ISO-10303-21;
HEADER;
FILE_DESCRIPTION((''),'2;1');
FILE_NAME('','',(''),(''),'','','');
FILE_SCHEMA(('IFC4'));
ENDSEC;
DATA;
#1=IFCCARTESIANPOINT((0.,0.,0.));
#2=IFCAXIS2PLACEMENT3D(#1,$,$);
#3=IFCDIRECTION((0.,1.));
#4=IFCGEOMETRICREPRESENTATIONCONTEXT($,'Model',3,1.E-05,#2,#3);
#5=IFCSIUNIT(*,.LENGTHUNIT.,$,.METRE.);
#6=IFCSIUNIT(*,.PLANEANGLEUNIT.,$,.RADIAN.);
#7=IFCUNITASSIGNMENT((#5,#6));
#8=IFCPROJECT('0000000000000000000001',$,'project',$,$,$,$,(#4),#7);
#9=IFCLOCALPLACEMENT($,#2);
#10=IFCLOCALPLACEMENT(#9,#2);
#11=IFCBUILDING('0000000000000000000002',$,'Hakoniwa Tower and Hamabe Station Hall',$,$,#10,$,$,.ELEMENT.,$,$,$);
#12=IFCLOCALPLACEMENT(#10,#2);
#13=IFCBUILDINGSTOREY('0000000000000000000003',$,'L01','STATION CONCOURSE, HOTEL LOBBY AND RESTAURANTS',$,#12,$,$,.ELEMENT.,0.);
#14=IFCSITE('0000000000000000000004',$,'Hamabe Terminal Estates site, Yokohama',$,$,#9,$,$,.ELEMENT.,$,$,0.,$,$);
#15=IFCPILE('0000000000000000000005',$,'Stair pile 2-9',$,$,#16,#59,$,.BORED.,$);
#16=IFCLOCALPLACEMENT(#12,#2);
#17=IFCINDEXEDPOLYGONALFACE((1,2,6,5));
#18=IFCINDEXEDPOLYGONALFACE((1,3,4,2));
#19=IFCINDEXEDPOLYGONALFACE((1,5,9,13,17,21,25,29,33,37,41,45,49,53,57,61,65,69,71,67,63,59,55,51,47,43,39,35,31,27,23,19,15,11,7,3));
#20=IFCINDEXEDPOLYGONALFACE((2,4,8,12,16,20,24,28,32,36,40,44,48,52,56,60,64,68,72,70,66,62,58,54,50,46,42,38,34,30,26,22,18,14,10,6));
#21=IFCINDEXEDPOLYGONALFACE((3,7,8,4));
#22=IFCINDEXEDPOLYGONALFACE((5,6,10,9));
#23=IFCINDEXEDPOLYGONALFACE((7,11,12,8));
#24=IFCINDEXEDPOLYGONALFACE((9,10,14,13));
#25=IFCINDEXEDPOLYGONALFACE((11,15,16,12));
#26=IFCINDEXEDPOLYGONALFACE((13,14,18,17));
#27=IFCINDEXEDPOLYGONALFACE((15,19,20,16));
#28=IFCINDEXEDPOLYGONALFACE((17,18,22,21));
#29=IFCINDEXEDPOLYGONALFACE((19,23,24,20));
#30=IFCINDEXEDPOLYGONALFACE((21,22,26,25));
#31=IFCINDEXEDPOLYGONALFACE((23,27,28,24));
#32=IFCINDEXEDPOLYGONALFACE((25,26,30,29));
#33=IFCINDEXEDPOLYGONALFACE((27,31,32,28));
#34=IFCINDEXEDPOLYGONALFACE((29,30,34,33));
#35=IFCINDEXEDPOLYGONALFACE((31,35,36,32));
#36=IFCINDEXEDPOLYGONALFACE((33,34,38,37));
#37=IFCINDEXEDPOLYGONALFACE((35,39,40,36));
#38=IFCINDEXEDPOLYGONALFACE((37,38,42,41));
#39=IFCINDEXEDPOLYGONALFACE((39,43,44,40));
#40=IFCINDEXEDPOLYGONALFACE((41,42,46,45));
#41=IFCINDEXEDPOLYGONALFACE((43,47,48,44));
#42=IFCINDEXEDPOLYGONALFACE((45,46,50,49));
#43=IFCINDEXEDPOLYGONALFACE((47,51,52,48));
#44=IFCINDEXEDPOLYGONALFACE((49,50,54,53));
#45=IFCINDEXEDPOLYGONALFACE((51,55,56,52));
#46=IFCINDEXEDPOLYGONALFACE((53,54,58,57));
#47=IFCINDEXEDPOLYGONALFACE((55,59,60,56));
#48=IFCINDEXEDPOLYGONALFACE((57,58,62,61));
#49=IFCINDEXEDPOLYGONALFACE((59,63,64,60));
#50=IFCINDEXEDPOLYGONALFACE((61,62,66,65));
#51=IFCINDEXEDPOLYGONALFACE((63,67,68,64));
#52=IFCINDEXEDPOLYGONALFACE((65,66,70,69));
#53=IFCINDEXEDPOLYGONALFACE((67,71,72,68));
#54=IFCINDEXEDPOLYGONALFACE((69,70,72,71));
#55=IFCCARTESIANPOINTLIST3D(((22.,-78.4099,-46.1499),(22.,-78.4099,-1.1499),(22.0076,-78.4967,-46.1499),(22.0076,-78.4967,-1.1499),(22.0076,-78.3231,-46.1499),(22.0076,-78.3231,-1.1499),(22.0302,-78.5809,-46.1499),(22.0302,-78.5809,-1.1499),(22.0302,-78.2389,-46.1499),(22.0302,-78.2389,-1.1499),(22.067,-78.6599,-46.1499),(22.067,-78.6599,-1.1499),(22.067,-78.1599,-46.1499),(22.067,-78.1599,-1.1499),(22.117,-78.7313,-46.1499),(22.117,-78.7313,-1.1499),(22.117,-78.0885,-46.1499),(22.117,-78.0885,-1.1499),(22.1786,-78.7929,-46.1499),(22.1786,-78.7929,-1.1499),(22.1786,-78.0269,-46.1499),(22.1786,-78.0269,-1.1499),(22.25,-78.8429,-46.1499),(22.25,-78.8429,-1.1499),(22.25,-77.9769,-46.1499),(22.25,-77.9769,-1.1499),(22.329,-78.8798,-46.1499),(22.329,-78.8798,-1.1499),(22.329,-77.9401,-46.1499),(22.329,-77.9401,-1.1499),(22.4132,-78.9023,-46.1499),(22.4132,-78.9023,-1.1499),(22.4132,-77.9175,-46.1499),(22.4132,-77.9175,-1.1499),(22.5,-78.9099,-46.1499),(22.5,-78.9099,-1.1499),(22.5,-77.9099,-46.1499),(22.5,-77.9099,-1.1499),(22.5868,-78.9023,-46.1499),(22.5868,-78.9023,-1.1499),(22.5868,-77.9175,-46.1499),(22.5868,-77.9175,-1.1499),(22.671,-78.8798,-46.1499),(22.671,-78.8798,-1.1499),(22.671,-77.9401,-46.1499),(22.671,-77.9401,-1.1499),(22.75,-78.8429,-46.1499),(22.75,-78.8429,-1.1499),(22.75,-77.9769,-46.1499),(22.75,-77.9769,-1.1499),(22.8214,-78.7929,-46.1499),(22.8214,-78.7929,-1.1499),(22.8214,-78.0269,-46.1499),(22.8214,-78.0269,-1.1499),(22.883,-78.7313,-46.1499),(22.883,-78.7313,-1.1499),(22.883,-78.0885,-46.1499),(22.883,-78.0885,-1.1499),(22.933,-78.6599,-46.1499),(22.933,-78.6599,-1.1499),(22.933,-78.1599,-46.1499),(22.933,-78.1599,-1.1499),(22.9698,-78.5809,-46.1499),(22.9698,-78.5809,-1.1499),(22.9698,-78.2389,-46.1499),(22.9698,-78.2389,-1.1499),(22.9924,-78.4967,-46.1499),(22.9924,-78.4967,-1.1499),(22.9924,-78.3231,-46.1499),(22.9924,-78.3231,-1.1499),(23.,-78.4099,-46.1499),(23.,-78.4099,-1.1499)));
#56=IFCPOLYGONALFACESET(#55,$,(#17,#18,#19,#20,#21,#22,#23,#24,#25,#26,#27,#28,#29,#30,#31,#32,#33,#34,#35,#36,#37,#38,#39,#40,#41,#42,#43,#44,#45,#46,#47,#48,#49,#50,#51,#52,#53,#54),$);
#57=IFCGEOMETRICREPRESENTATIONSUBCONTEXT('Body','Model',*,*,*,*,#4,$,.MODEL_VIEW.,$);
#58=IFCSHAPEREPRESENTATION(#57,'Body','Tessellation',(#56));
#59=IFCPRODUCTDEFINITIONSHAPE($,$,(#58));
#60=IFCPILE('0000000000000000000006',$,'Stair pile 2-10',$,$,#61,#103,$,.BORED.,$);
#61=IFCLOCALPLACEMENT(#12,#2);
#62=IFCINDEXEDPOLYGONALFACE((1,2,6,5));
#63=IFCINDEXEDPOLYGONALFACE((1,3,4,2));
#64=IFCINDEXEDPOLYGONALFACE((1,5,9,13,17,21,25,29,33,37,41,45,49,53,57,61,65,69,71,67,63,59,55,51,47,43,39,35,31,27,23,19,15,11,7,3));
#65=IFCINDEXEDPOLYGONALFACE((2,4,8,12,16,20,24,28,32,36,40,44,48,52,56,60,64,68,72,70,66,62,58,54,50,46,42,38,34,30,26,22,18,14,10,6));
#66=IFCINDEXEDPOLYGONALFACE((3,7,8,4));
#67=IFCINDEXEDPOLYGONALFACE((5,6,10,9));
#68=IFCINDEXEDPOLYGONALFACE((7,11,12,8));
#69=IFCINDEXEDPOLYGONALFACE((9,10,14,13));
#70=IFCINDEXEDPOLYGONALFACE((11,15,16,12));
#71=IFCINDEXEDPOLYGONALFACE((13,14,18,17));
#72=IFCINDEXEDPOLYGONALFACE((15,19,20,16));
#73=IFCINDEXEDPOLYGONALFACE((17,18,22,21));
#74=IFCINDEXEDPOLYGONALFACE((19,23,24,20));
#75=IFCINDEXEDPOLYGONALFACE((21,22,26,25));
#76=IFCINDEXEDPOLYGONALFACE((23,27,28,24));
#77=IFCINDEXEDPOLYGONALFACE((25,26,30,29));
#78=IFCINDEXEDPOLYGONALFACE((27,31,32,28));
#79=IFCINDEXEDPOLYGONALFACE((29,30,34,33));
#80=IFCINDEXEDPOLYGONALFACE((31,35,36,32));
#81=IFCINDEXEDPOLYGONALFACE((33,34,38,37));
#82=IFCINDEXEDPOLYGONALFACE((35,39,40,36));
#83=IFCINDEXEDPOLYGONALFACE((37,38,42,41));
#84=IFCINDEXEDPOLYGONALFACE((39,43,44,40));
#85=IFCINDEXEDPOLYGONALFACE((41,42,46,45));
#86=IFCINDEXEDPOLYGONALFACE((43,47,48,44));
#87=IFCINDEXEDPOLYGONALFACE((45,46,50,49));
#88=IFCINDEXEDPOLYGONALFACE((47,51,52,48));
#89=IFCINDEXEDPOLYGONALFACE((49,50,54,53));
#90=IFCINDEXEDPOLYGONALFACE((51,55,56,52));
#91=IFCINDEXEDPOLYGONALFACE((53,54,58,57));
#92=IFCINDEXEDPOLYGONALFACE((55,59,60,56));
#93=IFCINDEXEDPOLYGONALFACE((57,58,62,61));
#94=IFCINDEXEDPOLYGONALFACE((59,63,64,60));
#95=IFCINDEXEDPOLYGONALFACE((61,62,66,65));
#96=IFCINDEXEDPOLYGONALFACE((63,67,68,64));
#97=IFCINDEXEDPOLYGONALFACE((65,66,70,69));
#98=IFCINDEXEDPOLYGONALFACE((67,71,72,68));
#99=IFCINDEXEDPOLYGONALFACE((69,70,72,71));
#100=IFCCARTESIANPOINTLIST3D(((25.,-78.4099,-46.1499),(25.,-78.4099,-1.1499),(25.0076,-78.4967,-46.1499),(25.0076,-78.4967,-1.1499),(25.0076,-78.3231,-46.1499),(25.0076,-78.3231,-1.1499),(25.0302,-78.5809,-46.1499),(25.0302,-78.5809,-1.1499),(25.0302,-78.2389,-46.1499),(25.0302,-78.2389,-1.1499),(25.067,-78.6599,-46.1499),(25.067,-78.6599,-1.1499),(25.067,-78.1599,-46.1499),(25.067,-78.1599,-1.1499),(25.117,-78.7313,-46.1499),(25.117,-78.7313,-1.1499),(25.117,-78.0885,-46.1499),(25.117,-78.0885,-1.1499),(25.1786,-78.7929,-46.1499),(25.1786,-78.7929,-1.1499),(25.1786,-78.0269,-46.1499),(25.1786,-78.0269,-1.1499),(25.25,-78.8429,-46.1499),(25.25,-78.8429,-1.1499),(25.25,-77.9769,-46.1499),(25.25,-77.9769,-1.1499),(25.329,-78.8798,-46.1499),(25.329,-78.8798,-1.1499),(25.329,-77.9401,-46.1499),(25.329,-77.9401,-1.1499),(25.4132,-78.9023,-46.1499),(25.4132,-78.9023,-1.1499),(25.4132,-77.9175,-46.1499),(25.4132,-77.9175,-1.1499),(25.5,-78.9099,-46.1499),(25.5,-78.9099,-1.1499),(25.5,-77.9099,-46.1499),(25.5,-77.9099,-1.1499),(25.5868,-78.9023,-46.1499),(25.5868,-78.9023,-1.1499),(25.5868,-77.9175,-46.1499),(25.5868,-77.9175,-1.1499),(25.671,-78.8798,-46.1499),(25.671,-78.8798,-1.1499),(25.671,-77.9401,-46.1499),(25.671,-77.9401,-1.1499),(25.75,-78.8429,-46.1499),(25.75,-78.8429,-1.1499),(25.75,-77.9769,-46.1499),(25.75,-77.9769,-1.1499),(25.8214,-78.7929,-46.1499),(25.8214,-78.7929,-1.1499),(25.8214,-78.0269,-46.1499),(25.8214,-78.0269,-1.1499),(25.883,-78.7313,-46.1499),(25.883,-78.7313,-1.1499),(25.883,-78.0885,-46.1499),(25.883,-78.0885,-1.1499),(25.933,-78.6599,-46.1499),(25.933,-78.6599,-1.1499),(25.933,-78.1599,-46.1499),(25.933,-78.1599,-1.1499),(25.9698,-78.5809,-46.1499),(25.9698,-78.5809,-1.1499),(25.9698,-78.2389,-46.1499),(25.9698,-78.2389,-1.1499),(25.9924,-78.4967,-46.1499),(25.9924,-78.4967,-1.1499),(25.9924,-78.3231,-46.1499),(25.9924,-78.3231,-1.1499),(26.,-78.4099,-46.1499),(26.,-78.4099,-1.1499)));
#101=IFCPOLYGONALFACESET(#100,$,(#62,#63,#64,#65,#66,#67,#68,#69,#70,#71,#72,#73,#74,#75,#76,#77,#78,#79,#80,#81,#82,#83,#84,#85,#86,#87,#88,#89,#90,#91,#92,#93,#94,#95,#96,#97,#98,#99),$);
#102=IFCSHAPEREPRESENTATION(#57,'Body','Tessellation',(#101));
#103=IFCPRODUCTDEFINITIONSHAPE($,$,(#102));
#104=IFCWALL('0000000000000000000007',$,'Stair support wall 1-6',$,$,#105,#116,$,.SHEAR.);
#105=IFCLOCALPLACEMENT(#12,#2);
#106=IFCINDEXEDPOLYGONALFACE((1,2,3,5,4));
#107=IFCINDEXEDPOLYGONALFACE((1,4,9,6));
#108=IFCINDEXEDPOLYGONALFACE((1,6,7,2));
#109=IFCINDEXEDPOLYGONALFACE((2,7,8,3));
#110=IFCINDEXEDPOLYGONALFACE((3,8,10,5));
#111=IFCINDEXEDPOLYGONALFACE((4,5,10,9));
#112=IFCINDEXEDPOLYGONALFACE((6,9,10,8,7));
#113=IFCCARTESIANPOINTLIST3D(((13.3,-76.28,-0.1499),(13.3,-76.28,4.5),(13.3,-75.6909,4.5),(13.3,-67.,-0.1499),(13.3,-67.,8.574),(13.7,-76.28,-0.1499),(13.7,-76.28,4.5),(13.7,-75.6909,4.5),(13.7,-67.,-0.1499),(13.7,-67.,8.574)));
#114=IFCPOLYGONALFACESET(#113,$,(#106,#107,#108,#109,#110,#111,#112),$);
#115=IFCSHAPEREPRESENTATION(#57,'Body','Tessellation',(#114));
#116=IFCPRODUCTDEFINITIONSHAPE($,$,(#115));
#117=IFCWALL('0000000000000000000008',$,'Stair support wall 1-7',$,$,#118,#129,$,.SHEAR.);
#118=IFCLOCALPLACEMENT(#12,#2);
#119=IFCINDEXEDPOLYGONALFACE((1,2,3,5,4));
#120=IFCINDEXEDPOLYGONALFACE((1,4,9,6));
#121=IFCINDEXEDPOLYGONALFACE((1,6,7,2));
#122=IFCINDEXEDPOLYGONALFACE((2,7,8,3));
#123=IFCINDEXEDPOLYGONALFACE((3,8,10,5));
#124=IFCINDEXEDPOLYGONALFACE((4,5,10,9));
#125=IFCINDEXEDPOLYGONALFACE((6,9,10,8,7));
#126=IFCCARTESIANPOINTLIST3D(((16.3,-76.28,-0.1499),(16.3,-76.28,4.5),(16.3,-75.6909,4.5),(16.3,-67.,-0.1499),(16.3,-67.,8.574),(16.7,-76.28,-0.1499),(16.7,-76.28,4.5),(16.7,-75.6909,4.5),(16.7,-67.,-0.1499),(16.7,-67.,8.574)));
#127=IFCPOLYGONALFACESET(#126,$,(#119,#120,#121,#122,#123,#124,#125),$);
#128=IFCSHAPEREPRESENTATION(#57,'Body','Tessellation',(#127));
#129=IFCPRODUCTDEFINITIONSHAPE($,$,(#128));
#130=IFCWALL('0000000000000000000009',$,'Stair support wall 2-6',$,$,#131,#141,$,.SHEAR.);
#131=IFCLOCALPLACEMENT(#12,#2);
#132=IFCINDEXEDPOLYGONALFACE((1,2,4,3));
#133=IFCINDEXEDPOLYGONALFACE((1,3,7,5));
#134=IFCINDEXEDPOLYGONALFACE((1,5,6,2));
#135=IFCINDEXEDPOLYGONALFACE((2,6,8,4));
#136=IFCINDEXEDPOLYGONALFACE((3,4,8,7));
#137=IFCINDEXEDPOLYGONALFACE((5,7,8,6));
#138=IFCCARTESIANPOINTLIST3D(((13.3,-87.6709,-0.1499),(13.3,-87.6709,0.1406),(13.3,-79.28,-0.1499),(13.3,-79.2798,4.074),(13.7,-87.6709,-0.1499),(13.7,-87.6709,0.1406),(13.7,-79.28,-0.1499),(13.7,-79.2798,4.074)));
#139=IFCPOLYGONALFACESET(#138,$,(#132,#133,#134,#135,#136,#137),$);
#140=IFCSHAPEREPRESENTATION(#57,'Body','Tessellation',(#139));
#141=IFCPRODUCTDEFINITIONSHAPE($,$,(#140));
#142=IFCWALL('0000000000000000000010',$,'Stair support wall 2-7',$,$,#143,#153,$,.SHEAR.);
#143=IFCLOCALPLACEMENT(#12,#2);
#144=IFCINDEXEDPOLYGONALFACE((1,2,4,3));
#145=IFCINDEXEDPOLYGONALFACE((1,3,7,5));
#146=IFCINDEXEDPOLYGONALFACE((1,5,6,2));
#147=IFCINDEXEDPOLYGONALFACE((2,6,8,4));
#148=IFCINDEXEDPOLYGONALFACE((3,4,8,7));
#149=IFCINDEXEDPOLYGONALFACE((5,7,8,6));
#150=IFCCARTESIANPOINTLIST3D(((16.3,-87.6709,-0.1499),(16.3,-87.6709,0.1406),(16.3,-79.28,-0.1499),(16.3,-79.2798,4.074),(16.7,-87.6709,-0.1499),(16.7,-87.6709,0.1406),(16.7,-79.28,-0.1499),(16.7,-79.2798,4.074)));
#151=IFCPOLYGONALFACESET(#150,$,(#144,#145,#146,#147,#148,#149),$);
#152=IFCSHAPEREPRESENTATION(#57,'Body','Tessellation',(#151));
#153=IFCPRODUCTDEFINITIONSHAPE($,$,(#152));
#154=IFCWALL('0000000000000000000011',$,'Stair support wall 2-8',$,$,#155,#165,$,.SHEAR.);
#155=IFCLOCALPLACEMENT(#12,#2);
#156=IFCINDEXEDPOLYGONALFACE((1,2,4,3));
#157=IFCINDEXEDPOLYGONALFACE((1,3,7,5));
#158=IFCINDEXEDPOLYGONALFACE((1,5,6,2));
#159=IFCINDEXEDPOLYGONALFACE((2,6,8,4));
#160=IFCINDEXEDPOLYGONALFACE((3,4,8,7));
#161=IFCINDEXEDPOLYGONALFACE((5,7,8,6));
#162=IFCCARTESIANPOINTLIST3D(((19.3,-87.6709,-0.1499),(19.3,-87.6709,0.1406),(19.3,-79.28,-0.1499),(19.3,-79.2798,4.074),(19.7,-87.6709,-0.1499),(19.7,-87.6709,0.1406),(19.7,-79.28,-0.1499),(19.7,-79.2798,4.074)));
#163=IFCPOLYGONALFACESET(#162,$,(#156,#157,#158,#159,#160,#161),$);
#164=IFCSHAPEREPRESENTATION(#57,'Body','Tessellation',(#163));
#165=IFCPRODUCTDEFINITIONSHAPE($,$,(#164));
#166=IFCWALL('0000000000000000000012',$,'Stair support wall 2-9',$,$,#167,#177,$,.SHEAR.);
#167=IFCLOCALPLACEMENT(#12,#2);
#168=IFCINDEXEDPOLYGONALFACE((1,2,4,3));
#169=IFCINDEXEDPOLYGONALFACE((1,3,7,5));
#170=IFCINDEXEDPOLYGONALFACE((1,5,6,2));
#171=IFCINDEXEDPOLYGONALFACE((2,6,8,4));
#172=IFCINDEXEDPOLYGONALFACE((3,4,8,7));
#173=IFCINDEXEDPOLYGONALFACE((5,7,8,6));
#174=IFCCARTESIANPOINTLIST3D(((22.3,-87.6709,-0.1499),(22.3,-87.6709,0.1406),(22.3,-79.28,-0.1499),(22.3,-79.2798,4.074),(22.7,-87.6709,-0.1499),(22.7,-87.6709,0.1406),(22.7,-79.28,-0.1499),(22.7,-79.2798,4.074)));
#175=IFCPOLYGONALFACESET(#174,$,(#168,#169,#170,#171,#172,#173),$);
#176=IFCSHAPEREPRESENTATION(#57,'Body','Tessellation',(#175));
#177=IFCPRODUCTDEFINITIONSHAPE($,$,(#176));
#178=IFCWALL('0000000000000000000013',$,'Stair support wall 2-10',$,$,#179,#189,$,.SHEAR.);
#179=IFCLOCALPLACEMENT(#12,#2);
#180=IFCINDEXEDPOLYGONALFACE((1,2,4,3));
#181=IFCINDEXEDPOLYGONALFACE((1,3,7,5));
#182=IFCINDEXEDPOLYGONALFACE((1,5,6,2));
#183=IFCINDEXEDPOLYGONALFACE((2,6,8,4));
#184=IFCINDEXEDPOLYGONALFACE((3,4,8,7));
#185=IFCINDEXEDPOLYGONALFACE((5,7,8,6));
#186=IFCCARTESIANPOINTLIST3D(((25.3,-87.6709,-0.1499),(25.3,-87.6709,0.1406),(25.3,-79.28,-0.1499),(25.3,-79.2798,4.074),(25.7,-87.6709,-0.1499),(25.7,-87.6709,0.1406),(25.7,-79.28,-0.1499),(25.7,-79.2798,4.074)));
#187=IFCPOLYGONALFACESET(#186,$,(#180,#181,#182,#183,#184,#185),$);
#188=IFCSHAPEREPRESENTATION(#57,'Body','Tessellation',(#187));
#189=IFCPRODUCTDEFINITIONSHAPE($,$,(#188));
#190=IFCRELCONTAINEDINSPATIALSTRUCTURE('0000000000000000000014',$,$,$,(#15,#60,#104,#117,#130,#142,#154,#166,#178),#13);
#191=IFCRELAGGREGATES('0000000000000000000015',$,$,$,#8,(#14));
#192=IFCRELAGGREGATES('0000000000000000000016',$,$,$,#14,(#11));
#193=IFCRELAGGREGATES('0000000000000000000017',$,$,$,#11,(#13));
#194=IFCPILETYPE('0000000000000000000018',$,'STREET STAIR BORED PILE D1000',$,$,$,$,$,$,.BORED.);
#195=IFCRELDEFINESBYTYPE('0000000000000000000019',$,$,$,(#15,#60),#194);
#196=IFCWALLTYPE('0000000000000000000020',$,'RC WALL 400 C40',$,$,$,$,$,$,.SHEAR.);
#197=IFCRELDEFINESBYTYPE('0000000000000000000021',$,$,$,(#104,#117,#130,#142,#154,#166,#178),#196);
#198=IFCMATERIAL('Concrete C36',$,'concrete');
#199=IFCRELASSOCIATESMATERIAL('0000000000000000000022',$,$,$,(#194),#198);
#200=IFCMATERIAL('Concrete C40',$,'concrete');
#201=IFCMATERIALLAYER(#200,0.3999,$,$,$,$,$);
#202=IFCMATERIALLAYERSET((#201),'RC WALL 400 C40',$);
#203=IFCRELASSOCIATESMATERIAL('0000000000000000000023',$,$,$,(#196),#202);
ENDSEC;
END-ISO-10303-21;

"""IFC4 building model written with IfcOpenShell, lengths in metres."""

from ifc_helpers import new_model, si_unit, direction, frame, origin, origin_2d, place, context, subcontext, project, spatial, polyline, circle, outline, extrude, material, layer, layer_set, material_profile, profile_set, type_object, element, save


model = new_model("IFC4")

# Units and contexts
model_context = context("Model", 3, precision=1e-05, world=origin(), true_north=direction((0.0, 1.0)))
body_context = subcontext(model_context, "Body", "Model", "MODEL_VIEW")
ifc_project = project(units=[si_unit("LENGTHUNIT", "METRE"), si_unit("PLANEANGLEUNIT", "RADIAN")], contexts=[model_context])

# Site, building, storey
site_placement = place(None, origin())
site = spatial("IfcSite", under=ifc_project, at=site_placement, Name="Hamabe Terminal Estates site, Yokohama", CompositionType="ELEMENT", RefElevation=0.0)
building_placement = place(site_placement, origin())
building = spatial("IfcBuilding", under=site, at=building_placement, Name="Hakoniwa Tower and Hamabe Station Hall", CompositionType="ELEMENT")
storey_placement = place(building_placement, origin())
storey = spatial("IfcBuildingStorey", under=building, at=storey_placement, Name="L01", Description="STATION CONCOURSE, HOTEL LOBBY AND RESTAURANTS", CompositionType="ELEMENT", Elevation=0.0)

# Piles
ifc_material_1 = material(Name="Concrete C36", Category="concrete")
ifc_material_profile = material_profile(ifc_material_1, circle(Radius=0.5, at=origin_2d()), Name="STREET STAIR BORED PILE D1000")
ifc_profile_set = profile_set([ifc_material_profile], Name="Concrete C36")
pile_type = type_object("IfcPileType", Name="STREET STAIR BORED PILE D1000", PredefinedType="BORED", material=ifc_profile_set)
for number, where, z_axis, x_axis, name in (
    (1, (22.5, -78.4099, -1.1499), (0.0, 0.0, -1.0), (1.0, 0.0, 0.0), "Stair pile 2-9"),
    (2, (25.5, -78.4099, -1.1499), (0.0, 0.0, -1.0), (1.0, 0.0, 0.0), "Stair pile 2-10"),
):
    element("IfcPile", number, at=place(storey_placement, frame(where, z_axis=z_axis, x_axis=x_axis)), inside=storey, type_object=pile_type, Name=name, PredefinedType="BORED", context=body_context, shape_type="SweptSolid", body=[
        extrude(circle(Radius=0.5, at=origin_2d()), origin(), (0.0, 0.0, 1.0), 45.0),
    ])

# Walls
ifc_material_2 = material(Name="Concrete C40", Category="concrete")
ifc_layer = layer(ifc_material_2, 0.3999)
ifc_layer_set = layer_set([ifc_layer], Name="RC WALL 400 C40")
wall_type = type_object("IfcWallType", Name="RC WALL 400 C40", PredefinedType="SHEAR", material=ifc_layer_set)
for number, where, z_axis, x_axis, name in (
    (3, (13.5, -76.28, -0.1499), (0.0, 0.0, 1.0), (0.0, 1.0, 0.0), "Stair support wall 1-6"),
    (4, (16.5, -76.28, -0.1499), (0.0, 0.0, 1.0), (0.0, 1.0, 0.0), "Stair support wall 1-7"),
):
    element("IfcWall", number, at=place(storey_placement, frame(where, z_axis=z_axis, x_axis=x_axis)), inside=storey, type_object=wall_type, Name=name, PredefinedType="SHEAR", context=body_context, shape_type="SweptSolid", body=[
        extrude(outline(polyline([(0.0, 0.0), (9.28, 0.0), (9.28, 8.7239), (0.5891, 4.6499), (0.0, 4.6499), (0.0, 0.0)])), frame((0.0, 0.2, 0.0), z_axis=(0.0, -1.0, 0.0), x_axis=(1.0, 0.0, 0.0)), (0.0, 0.0, 1.0), 0.3999),
    ])
for number, where, z_axis, x_axis, name in (
    (5, (13.5, -87.6709, -0.1499), (0.0, 0.0, 1.0), (0.0, 1.0, 0.0), "Stair support wall 2-6"),
    (6, (16.5, -87.6709, -0.1499), (0.0, 0.0, 1.0), (0.0, 1.0, 0.0), "Stair support wall 2-7"),
    (7, (19.5, -87.6709, -0.1499), (0.0, 0.0, 1.0), (0.0, 1.0, 0.0), "Stair support wall 2-8"),
    (8, (22.5, -87.6709, -0.1499), (0.0, 0.0, 1.0), (0.0, 1.0, 0.0), "Stair support wall 2-9"),
    (9, (25.5, -87.6709, -0.1499), (0.0, 0.0, 1.0), (0.0, 1.0, 0.0), "Stair support wall 2-10"),
):
    element("IfcWall", number, at=place(storey_placement, frame(where, z_axis=z_axis, x_axis=x_axis)), inside=storey, type_object=wall_type, Name=name, PredefinedType="SHEAR", context=body_context, shape_type="SweptSolid", body=[
        extrude(outline(polyline([(0.0, 0.0), (8.3909, 0.0), (8.3911, 4.2239), (0.0, 0.2905), (0.0, 0.0)])), frame((0.0, 0.2, 0.0), z_axis=(0.0, -1.0, 0.0), x_axis=(1.0, 0.0, 0.0)), (0.0, 0.0, 1.0), 0.3999),
    ])

save(model, "model.ifc")
